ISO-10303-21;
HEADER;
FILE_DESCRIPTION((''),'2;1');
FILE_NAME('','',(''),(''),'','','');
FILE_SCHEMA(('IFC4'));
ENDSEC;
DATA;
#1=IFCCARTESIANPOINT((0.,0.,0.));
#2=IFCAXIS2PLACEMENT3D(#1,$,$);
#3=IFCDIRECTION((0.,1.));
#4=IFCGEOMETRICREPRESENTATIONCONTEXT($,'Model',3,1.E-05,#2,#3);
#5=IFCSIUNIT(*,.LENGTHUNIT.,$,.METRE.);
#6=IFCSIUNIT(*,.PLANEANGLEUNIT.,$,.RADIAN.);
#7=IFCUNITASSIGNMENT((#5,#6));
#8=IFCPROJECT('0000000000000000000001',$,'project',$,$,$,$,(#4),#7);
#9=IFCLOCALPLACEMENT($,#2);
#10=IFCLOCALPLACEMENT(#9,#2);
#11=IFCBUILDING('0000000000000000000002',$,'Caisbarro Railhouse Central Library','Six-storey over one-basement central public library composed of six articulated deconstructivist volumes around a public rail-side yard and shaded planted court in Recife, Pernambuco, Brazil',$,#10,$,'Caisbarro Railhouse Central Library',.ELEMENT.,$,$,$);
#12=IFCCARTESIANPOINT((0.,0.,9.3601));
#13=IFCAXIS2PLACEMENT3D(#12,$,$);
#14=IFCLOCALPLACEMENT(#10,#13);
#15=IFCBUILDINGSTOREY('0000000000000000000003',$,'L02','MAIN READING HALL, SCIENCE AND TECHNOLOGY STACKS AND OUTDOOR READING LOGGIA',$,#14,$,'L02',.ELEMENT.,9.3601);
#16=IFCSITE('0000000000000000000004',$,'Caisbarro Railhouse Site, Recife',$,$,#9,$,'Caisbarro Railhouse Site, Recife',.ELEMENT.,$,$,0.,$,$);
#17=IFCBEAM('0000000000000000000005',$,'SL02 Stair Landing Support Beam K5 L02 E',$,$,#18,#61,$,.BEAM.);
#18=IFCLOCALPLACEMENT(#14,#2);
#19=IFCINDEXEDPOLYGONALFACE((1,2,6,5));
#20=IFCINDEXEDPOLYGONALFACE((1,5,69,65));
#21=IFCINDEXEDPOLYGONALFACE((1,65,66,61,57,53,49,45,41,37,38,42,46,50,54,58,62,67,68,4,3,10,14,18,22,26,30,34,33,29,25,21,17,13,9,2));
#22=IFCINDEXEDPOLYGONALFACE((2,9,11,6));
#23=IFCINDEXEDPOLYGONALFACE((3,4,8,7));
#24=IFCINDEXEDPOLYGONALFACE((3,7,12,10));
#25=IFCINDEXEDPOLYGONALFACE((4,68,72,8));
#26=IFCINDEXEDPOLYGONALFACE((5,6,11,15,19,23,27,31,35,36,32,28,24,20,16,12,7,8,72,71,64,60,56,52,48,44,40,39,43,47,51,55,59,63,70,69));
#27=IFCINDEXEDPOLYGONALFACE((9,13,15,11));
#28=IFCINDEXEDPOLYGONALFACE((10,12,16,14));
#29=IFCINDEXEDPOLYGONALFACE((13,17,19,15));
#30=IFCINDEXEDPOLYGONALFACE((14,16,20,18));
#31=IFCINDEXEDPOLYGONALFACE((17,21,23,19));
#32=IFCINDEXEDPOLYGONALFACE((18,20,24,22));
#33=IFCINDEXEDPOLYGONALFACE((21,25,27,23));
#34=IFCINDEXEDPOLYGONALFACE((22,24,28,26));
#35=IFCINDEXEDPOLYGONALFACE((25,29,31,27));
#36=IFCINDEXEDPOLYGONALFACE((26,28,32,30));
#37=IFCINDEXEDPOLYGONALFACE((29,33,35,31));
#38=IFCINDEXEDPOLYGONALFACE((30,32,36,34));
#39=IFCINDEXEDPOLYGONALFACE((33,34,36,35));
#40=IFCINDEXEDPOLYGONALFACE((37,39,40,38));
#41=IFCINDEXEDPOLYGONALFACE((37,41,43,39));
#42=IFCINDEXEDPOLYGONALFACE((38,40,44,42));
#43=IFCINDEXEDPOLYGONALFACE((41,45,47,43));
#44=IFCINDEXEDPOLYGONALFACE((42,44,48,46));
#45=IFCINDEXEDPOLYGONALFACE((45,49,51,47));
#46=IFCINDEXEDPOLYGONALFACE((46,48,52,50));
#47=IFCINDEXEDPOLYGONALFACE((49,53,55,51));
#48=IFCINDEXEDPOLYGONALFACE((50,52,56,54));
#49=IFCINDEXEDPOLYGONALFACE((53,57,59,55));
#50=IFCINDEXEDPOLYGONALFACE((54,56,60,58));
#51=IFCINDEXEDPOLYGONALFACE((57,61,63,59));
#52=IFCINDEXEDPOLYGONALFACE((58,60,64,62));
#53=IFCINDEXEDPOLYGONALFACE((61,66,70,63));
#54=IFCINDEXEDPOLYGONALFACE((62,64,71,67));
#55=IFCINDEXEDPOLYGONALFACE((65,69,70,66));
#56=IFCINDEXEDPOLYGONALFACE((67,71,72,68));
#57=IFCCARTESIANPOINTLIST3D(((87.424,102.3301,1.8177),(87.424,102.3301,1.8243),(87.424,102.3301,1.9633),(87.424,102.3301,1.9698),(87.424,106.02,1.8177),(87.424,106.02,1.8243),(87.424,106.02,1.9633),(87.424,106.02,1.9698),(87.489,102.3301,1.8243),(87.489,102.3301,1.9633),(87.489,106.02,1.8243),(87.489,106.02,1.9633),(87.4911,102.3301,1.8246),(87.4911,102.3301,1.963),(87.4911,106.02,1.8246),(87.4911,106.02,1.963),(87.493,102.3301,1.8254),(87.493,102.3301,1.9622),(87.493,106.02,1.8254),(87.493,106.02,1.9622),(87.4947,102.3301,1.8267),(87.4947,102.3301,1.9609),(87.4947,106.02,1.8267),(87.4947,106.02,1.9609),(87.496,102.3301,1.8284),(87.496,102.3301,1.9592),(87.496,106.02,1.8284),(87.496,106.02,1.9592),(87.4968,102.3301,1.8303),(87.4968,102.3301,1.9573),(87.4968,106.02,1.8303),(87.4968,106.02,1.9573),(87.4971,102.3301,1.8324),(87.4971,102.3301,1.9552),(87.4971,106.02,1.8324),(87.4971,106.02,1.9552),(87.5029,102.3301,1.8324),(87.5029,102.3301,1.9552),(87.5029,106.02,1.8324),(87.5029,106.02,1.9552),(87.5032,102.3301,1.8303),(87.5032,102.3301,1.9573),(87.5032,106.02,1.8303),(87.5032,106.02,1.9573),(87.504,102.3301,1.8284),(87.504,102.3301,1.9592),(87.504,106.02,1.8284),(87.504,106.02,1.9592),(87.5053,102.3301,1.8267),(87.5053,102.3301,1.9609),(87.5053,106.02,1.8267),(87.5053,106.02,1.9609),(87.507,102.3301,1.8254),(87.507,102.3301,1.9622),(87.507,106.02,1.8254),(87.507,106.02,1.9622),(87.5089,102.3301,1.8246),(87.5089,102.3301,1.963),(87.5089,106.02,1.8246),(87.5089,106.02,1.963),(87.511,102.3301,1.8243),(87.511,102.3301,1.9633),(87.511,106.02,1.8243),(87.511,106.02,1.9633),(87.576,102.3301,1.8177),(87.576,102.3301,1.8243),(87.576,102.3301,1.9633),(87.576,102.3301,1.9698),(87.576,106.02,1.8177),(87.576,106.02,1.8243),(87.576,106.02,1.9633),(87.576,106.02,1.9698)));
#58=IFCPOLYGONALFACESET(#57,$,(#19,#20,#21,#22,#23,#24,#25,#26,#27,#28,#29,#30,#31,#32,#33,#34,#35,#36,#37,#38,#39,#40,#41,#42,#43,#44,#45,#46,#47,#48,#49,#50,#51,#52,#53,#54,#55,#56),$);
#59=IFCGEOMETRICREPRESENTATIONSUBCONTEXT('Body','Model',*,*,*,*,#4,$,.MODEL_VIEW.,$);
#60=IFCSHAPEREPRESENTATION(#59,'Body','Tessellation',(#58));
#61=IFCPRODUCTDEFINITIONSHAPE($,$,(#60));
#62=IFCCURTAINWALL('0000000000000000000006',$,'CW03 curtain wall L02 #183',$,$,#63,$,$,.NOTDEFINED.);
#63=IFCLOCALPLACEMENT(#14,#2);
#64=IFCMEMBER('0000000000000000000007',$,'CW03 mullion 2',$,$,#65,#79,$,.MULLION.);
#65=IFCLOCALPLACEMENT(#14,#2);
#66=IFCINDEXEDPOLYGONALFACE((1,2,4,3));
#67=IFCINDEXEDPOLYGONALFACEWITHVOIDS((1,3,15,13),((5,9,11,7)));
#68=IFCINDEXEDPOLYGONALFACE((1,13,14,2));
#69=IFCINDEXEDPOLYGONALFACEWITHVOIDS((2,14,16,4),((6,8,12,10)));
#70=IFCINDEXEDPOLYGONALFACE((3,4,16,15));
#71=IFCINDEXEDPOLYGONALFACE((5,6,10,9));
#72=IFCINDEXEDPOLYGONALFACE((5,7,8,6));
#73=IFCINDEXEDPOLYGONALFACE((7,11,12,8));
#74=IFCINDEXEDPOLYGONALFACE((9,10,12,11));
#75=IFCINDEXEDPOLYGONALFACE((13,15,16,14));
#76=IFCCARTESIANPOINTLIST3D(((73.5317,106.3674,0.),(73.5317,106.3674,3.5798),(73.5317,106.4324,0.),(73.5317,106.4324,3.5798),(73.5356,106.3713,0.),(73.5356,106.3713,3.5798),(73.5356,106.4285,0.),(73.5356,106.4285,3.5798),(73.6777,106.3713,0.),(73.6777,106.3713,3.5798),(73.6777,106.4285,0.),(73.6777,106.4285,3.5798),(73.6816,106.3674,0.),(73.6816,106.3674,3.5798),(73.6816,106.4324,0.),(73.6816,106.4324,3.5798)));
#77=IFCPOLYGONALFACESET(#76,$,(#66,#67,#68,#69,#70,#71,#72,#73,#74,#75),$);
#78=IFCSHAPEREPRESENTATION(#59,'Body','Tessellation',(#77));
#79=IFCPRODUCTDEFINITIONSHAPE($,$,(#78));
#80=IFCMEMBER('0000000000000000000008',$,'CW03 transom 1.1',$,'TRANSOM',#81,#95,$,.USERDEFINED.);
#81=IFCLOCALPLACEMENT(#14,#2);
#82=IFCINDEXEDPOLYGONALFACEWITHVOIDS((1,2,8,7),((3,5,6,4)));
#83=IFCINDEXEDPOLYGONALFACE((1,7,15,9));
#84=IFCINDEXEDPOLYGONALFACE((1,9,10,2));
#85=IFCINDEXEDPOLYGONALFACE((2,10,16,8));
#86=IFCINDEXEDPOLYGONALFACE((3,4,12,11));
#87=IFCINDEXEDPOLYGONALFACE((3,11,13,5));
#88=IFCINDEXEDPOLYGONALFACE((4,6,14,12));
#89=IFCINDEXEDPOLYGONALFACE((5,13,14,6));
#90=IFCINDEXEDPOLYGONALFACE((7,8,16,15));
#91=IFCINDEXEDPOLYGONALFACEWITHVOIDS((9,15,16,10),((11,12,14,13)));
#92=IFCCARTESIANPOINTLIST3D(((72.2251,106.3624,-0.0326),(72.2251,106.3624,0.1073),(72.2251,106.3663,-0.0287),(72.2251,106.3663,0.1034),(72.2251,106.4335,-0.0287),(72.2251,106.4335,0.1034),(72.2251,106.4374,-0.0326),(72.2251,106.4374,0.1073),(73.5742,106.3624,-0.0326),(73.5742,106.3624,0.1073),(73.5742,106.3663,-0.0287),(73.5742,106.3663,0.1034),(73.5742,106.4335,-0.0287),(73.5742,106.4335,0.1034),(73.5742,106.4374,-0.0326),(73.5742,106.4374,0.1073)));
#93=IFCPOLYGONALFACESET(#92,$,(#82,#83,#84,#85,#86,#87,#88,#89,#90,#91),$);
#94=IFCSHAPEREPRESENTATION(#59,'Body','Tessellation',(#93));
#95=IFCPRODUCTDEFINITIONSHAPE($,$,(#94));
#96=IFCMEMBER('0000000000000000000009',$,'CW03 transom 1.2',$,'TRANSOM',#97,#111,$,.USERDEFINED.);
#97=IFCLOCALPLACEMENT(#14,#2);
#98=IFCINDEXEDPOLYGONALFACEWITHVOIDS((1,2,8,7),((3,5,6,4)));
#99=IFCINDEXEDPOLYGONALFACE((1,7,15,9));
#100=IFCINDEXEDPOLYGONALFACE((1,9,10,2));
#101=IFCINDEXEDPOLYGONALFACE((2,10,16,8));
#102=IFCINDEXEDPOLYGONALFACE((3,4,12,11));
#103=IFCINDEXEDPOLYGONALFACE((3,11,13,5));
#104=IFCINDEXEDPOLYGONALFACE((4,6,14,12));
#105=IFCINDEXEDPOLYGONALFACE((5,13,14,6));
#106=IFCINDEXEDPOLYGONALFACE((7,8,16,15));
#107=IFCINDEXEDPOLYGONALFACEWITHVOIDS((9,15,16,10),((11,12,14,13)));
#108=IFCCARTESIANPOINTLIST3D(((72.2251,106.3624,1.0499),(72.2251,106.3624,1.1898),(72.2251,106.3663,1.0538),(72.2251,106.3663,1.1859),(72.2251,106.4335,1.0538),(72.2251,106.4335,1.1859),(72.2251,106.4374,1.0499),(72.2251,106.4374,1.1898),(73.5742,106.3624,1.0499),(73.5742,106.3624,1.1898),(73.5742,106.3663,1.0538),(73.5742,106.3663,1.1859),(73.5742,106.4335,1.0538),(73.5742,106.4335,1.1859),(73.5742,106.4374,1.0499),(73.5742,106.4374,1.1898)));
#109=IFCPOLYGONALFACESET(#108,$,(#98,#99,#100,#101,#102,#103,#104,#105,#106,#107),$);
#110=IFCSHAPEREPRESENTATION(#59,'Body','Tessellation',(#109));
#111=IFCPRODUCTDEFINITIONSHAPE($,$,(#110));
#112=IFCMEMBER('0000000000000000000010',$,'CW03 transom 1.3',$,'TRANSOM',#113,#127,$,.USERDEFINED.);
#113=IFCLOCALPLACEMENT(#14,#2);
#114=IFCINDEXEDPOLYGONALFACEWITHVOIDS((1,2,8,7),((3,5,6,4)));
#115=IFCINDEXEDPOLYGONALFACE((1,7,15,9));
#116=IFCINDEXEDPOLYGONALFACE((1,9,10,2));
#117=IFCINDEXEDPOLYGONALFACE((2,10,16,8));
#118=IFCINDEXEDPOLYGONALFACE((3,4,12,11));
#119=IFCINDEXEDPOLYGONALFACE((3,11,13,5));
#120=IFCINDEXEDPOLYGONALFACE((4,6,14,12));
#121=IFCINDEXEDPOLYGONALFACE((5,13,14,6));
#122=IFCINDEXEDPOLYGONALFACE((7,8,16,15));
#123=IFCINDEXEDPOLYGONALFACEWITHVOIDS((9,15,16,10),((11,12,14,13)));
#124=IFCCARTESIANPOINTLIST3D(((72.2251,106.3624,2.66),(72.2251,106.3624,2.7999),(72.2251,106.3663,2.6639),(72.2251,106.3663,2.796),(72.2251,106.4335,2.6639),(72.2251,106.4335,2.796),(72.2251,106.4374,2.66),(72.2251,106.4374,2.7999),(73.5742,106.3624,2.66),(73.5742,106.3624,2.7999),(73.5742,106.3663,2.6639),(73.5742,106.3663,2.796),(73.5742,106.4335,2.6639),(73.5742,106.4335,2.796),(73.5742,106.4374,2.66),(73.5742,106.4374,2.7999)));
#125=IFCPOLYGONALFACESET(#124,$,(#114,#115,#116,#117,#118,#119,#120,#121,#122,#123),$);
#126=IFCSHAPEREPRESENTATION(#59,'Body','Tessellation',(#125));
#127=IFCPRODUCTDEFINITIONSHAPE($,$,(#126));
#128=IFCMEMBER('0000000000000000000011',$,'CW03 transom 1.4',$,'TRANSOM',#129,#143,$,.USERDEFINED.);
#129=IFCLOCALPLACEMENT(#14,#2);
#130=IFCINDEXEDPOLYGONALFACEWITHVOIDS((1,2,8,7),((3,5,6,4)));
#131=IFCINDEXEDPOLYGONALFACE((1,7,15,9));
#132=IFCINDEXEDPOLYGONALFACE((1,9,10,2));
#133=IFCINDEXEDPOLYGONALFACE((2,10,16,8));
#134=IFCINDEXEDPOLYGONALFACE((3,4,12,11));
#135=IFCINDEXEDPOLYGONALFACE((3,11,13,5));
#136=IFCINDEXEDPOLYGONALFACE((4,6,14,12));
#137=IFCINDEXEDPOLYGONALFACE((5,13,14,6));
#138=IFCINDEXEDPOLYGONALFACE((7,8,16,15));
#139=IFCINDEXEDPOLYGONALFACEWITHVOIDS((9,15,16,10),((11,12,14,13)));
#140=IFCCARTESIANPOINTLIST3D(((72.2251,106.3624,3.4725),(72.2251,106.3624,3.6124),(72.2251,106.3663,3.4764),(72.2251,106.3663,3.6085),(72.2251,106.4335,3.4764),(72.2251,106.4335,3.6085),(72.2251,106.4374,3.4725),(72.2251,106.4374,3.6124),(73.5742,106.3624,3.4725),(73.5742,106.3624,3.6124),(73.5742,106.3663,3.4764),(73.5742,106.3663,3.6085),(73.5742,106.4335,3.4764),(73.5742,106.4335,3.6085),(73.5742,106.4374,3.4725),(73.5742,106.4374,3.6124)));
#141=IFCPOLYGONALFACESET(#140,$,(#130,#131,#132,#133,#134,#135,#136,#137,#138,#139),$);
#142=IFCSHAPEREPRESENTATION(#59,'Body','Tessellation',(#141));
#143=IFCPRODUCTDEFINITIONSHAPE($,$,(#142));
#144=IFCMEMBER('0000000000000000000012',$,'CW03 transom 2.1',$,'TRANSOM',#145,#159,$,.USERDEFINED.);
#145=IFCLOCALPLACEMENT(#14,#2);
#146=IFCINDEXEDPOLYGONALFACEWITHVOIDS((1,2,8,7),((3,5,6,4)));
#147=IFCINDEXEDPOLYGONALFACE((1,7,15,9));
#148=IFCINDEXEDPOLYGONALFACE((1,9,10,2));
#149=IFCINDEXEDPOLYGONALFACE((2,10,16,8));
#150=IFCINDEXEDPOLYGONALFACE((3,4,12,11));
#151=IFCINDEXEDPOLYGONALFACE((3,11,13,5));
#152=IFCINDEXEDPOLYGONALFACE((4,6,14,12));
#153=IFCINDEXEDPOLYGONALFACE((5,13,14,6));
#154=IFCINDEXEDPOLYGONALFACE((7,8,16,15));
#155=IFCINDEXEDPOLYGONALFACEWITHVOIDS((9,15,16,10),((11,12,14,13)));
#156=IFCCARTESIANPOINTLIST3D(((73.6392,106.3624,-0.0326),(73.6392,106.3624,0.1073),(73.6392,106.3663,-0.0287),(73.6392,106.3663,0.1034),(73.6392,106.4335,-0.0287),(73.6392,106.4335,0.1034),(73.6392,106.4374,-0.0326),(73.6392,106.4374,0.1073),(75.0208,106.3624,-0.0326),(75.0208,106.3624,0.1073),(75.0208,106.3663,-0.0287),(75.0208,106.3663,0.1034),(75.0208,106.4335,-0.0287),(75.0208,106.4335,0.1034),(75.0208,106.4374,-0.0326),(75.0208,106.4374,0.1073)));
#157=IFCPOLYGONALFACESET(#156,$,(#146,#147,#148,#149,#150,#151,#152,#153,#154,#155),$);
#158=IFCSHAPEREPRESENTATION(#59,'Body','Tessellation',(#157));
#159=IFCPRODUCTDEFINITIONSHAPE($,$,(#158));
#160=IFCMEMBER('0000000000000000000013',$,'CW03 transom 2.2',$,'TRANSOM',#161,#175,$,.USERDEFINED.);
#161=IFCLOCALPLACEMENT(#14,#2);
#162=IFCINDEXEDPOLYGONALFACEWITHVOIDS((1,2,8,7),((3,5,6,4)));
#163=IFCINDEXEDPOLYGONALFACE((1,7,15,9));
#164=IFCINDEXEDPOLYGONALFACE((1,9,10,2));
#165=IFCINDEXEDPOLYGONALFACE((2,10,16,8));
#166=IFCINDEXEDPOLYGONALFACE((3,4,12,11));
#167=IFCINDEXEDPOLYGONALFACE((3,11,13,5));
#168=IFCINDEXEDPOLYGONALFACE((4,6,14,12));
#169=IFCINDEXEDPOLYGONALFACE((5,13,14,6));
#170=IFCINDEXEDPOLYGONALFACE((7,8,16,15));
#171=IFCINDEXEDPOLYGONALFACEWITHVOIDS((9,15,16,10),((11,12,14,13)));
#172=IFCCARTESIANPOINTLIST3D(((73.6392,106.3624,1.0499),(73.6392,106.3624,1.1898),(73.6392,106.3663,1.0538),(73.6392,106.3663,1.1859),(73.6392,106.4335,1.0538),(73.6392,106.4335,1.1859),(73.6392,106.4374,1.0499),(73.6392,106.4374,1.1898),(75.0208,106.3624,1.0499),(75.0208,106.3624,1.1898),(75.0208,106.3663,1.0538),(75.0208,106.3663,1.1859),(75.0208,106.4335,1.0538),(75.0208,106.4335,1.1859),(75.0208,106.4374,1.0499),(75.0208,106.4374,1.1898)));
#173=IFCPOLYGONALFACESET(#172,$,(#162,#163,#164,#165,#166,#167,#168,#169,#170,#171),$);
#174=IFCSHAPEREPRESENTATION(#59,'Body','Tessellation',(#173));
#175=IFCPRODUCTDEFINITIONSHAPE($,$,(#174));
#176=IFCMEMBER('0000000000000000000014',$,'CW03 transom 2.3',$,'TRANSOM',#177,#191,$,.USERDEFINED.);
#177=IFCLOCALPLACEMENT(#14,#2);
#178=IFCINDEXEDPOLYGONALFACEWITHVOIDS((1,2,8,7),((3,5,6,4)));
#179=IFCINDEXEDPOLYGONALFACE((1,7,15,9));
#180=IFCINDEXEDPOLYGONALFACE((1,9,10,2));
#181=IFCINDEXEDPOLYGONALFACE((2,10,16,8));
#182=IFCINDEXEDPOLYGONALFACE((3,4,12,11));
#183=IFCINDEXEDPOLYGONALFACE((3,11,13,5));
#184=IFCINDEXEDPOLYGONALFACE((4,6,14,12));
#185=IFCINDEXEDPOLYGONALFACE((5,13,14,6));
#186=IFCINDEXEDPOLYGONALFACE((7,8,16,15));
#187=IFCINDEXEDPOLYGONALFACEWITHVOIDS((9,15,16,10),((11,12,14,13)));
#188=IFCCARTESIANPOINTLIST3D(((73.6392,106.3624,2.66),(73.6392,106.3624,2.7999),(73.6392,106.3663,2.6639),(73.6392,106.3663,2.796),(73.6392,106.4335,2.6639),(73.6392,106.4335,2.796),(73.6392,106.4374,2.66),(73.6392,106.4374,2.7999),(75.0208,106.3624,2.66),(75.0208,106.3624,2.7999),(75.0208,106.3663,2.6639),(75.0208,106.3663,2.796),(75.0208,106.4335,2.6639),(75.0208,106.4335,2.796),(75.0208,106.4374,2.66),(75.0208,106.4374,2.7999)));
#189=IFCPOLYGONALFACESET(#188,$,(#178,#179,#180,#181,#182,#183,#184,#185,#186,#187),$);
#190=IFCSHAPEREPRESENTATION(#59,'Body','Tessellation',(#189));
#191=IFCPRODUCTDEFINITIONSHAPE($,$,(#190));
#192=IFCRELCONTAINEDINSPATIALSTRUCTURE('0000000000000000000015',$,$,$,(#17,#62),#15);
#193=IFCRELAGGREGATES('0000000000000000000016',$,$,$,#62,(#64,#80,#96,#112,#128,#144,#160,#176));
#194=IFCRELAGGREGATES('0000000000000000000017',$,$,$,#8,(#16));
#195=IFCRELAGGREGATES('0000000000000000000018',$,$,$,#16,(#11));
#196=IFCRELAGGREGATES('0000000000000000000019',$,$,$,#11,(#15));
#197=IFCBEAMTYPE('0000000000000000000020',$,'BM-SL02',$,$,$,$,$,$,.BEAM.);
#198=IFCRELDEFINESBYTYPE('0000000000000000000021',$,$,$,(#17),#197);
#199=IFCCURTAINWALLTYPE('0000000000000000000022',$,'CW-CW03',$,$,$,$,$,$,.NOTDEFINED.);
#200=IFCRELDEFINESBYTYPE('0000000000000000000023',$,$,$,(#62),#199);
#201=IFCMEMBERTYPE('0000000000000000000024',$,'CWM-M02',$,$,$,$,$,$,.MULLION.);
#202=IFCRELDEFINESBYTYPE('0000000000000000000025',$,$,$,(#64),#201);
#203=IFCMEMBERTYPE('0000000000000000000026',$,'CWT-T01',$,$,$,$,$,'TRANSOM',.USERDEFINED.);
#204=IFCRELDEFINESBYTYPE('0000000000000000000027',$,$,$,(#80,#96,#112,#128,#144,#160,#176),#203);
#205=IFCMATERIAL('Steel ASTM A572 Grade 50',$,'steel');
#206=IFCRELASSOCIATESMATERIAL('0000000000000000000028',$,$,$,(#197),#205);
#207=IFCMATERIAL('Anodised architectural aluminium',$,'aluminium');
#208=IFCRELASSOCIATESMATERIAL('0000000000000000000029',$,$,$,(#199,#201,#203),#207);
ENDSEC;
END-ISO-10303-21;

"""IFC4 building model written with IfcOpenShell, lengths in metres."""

from ifc_helpers import new_model, si_unit, direction, frame, origin, origin_2d, place, context, subcontext, project, spatial, hollow_rectangle, i_section, extrude, material, material_profile, profile_set, type_object, element, aggregate, save


model = new_model("IFC4")

# Units and contexts
model_context = context("Model", 3, precision=1e-05, world=origin(), true_north=direction((0.0, 1.0)))
body_context = subcontext(model_context, "Body", "Model", "MODEL_VIEW")
ifc_project = project(units=[si_unit("LENGTHUNIT", "METRE"), si_unit("PLANEANGLEUNIT", "RADIAN")], contexts=[model_context])

# Site, building, storey
site_placement = place(None, origin())
site = spatial("IfcSite", under=ifc_project, at=site_placement, Name="Caisbarro Railhouse Site, Recife", LongName="Caisbarro Railhouse Site, Recife", CompositionType="ELEMENT", RefElevation=0.0)
building_placement = place(site_placement, origin())
building = spatial("IfcBuilding", under=site, at=building_placement, Name="Caisbarro Railhouse Central Library", Description="Six-storey over one-basement central public library composed of six articulated deconstructivist volumes around a public rail-side yard and shaded planted court in Recife, Pernambuco, Brazil", LongName="Caisbarro Railhouse Central Library", CompositionType="ELEMENT")
storey_placement = place(building_placement, frame((0.0, 0.0, 9.3601)))
storey = spatial("IfcBuildingStorey", under=building, at=storey_placement, Name="L02", Description="MAIN READING HALL, SCIENCE AND TECHNOLOGY STACKS AND OUTDOOR READING LOGGIA", LongName="L02", CompositionType="ELEMENT", Elevation=9.3601)

# Shared definitions
ifc_material_1 = material(Name="Steel ASTM A572 Grade 50", Category="steel")

# Beam
ifc_material_profile_1 = material_profile(ifc_material_1, i_section(OverallWidth=0.1521, OverallDepth=0.1521, WebThickness=0.0059, FlangeThickness=0.0066, FilletRadius=0.0081, at=origin_2d()), Name="W150X22.5")
ifc_profile_set_1 = profile_set([ifc_material_profile_1], Name="Steel ASTM A572 Grade 50")
beam_type_1 = type_object("IfcBeamType", Name="BM-SL02", PredefinedType="BEAM", material=ifc_profile_set_1)
for number, where, z_axis, x_axis, name in (
    (1, (87.5, 102.3301, 1.8938), (0.0, 1.0, 0.0), (-1.0, 0.0, 0.0), "SL02 Stair Landing Support Beam K5 L02 E"),
):
    element("IfcBeam", number, at=place(storey_placement, frame(where, z_axis=z_axis, x_axis=x_axis)), inside=storey, type_object=beam_type_1, Name=name, PredefinedType="BEAM", context=body_context, shape_type="SweptSolid", body=[
        extrude(i_section(OverallWidth=0.1521, OverallDepth=0.1521, WebThickness=0.0059, FlangeThickness=0.0066, FilletRadius=0.0081, at=origin_2d()), origin(), (0.0, 0.0, 1.0), 3.6899),
    ])

# Curtain wall, members
ifc_material_2 = material(Name="Anodised architectural aluminium", Category="aluminium")
curtain_wall_type = type_object("IfcCurtainWallType", Name="CW-CW03", PredefinedType="NOTDEFINED", material=ifc_material_2)
curtain_wall_placement = place(storey_placement, origin())
curtain_wall = element("IfcCurtainWall", 2, at=curtain_wall_placement, inside=storey, type_object=curtain_wall_type, Name="CW03 curtain wall L02 #183", PredefinedType="NOTDEFINED")
ifc_material_profile_2 = material_profile(ifc_material_2, hollow_rectangle(XDim=0.0649, YDim=0.1499, WallThickness=0.0039, at=origin_2d()), Name="ALU-MUL-65X150")
ifc_profile_set_2 = profile_set([ifc_material_profile_2], Name="Anodised architectural aluminium")
member_type_1 = type_object("IfcMemberType", Name="CWM-M02", PredefinedType="MULLION", material=ifc_profile_set_2)
member_1_placement = place(storey_placement, frame((73.6067, 106.3999, 0.0), z_axis=(0.0, 0.0, 1.0), x_axis=(0.0, 1.0, 0.0)))
member_1 = element("IfcMember", 3, at=member_1_placement, type_object=member_type_1, Name="CW03 mullion 2", PredefinedType="MULLION", context=body_context, shape_type="SweptSolid", body=[
    extrude(hollow_rectangle(XDim=0.0649, YDim=0.1499, WallThickness=0.0039, at=origin_2d()), origin(), (0.0, 0.0, 1.0), 3.5798),
])
ifc_material_profile_3 = material_profile(ifc_material_2, hollow_rectangle(XDim=0.075, YDim=0.1399, WallThickness=0.0039, at=origin_2d()), Name="ALU-TRN-75X140")
ifc_profile_set_3 = profile_set([ifc_material_profile_3], Name="Anodised architectural aluminium")
member_type_2 = type_object("IfcMemberType", Name="CWT-T01", ElementType="TRANSOM", PredefinedType="USERDEFINED", material=ifc_profile_set_3)
member_2_placement = place(storey_placement, frame((72.2251, 106.3999, 0.0374), z_axis=(1.0, 0.0, 0.0), x_axis=(0.0, 1.0, 0.0)))
member_2 = element("IfcMember", 4, at=member_2_placement, type_object=member_type_2, Name="CW03 transom 1.1", ObjectType="TRANSOM", PredefinedType="USERDEFINED", context=body_context, shape_type="SweptSolid", body=[
    extrude(hollow_rectangle(XDim=0.075, YDim=0.1399, WallThickness=0.0039, at=origin_2d()), origin(), (0.0, 0.0, 1.0), 1.3491),
])
member_3_placement = place(storey_placement, frame((72.2251, 106.3999, 1.1199), z_axis=(1.0, 0.0, 0.0), x_axis=(0.0, 1.0, 0.0)))
member_3 = element("IfcMember", 5, at=member_3_placement, type_object=member_type_2, Name="CW03 transom 1.2", ObjectType="TRANSOM", PredefinedType="USERDEFINED", context=body_context, shape_type="SweptSolid", body=[
    extrude(hollow_rectangle(XDim=0.075, YDim=0.1399, WallThickness=0.0039, at=origin_2d()), origin(), (0.0, 0.0, 1.0), 1.3491),
])
member_4_placement = place(storey_placement, frame((72.2251, 106.3999, 2.73), z_axis=(1.0, 0.0, 0.0), x_axis=(0.0, 1.0, 0.0)))
member_4 = element("IfcMember", 6, at=member_4_placement, type_object=member_type_2, Name="CW03 transom 1.3", ObjectType="TRANSOM", PredefinedType="USERDEFINED", context=body_context, shape_type="SweptSolid", body=[
    extrude(hollow_rectangle(XDim=0.075, YDim=0.1399, WallThickness=0.0039, at=origin_2d()), origin(), (0.0, 0.0, 1.0), 1.3491),
])
member_5_placement = place(storey_placement, frame((72.2251, 106.3999, 3.5425), z_axis=(1.0, 0.0, 0.0), x_axis=(0.0, 1.0, 0.0)))
member_5 = element("IfcMember", 7, at=member_5_placement, type_object=member_type_2, Name="CW03 transom 1.4", ObjectType="TRANSOM", PredefinedType="USERDEFINED", context=body_context, shape_type="SweptSolid", body=[
    extrude(hollow_rectangle(XDim=0.075, YDim=0.1399, WallThickness=0.0039, at=origin_2d()), origin(), (0.0, 0.0, 1.0), 1.3491),
])
member_6_placement = place(storey_placement, frame((73.6392, 106.3999, 0.0374), z_axis=(1.0, 0.0, 0.0), x_axis=(0.0, 1.0, 0.0)))
member_6 = element("IfcMember", 8, at=member_6_placement, type_object=member_type_2, Name="CW03 transom 2.1", ObjectType="TRANSOM", PredefinedType="USERDEFINED", context=body_context, shape_type="SweptSolid", body=[
    extrude(hollow_rectangle(XDim=0.075, YDim=0.1399, WallThickness=0.0039, at=origin_2d()), origin(), (0.0, 0.0, 1.0), 1.3816),
])
member_7_placement = place(storey_placement, frame((73.6392, 106.3999, 1.1199), z_axis=(1.0, 0.0, 0.0), x_axis=(0.0, 1.0, 0.0)))
member_7 = element("IfcMember", 9, at=member_7_placement, type_object=member_type_2, Name="CW03 transom 2.2", ObjectType="TRANSOM", PredefinedType="USERDEFINED", context=body_context, shape_type="SweptSolid", body=[
    extrude(hollow_rectangle(XDim=0.075, YDim=0.1399, WallThickness=0.0039, at=origin_2d()), origin(), (0.0, 0.0, 1.0), 1.3816),
])
member_8_placement = place(storey_placement, frame((73.6392, 106.3999, 2.73), z_axis=(1.0, 0.0, 0.0), x_axis=(0.0, 1.0, 0.0)))
member_8 = element("IfcMember", 10, at=member_8_placement, type_object=member_type_2, Name="CW03 transom 2.3", ObjectType="TRANSOM", PredefinedType="USERDEFINED", context=body_context, shape_type="SweptSolid", body=[
    extrude(hollow_rectangle(XDim=0.075, YDim=0.1399, WallThickness=0.0039, at=origin_2d()), origin(), (0.0, 0.0, 1.0), 1.3816),
])
aggregate(curtain_wall, [member_1, member_2, member_3, member_4, member_5, member_6, member_7, member_8])

save(model, "model.ifc")
